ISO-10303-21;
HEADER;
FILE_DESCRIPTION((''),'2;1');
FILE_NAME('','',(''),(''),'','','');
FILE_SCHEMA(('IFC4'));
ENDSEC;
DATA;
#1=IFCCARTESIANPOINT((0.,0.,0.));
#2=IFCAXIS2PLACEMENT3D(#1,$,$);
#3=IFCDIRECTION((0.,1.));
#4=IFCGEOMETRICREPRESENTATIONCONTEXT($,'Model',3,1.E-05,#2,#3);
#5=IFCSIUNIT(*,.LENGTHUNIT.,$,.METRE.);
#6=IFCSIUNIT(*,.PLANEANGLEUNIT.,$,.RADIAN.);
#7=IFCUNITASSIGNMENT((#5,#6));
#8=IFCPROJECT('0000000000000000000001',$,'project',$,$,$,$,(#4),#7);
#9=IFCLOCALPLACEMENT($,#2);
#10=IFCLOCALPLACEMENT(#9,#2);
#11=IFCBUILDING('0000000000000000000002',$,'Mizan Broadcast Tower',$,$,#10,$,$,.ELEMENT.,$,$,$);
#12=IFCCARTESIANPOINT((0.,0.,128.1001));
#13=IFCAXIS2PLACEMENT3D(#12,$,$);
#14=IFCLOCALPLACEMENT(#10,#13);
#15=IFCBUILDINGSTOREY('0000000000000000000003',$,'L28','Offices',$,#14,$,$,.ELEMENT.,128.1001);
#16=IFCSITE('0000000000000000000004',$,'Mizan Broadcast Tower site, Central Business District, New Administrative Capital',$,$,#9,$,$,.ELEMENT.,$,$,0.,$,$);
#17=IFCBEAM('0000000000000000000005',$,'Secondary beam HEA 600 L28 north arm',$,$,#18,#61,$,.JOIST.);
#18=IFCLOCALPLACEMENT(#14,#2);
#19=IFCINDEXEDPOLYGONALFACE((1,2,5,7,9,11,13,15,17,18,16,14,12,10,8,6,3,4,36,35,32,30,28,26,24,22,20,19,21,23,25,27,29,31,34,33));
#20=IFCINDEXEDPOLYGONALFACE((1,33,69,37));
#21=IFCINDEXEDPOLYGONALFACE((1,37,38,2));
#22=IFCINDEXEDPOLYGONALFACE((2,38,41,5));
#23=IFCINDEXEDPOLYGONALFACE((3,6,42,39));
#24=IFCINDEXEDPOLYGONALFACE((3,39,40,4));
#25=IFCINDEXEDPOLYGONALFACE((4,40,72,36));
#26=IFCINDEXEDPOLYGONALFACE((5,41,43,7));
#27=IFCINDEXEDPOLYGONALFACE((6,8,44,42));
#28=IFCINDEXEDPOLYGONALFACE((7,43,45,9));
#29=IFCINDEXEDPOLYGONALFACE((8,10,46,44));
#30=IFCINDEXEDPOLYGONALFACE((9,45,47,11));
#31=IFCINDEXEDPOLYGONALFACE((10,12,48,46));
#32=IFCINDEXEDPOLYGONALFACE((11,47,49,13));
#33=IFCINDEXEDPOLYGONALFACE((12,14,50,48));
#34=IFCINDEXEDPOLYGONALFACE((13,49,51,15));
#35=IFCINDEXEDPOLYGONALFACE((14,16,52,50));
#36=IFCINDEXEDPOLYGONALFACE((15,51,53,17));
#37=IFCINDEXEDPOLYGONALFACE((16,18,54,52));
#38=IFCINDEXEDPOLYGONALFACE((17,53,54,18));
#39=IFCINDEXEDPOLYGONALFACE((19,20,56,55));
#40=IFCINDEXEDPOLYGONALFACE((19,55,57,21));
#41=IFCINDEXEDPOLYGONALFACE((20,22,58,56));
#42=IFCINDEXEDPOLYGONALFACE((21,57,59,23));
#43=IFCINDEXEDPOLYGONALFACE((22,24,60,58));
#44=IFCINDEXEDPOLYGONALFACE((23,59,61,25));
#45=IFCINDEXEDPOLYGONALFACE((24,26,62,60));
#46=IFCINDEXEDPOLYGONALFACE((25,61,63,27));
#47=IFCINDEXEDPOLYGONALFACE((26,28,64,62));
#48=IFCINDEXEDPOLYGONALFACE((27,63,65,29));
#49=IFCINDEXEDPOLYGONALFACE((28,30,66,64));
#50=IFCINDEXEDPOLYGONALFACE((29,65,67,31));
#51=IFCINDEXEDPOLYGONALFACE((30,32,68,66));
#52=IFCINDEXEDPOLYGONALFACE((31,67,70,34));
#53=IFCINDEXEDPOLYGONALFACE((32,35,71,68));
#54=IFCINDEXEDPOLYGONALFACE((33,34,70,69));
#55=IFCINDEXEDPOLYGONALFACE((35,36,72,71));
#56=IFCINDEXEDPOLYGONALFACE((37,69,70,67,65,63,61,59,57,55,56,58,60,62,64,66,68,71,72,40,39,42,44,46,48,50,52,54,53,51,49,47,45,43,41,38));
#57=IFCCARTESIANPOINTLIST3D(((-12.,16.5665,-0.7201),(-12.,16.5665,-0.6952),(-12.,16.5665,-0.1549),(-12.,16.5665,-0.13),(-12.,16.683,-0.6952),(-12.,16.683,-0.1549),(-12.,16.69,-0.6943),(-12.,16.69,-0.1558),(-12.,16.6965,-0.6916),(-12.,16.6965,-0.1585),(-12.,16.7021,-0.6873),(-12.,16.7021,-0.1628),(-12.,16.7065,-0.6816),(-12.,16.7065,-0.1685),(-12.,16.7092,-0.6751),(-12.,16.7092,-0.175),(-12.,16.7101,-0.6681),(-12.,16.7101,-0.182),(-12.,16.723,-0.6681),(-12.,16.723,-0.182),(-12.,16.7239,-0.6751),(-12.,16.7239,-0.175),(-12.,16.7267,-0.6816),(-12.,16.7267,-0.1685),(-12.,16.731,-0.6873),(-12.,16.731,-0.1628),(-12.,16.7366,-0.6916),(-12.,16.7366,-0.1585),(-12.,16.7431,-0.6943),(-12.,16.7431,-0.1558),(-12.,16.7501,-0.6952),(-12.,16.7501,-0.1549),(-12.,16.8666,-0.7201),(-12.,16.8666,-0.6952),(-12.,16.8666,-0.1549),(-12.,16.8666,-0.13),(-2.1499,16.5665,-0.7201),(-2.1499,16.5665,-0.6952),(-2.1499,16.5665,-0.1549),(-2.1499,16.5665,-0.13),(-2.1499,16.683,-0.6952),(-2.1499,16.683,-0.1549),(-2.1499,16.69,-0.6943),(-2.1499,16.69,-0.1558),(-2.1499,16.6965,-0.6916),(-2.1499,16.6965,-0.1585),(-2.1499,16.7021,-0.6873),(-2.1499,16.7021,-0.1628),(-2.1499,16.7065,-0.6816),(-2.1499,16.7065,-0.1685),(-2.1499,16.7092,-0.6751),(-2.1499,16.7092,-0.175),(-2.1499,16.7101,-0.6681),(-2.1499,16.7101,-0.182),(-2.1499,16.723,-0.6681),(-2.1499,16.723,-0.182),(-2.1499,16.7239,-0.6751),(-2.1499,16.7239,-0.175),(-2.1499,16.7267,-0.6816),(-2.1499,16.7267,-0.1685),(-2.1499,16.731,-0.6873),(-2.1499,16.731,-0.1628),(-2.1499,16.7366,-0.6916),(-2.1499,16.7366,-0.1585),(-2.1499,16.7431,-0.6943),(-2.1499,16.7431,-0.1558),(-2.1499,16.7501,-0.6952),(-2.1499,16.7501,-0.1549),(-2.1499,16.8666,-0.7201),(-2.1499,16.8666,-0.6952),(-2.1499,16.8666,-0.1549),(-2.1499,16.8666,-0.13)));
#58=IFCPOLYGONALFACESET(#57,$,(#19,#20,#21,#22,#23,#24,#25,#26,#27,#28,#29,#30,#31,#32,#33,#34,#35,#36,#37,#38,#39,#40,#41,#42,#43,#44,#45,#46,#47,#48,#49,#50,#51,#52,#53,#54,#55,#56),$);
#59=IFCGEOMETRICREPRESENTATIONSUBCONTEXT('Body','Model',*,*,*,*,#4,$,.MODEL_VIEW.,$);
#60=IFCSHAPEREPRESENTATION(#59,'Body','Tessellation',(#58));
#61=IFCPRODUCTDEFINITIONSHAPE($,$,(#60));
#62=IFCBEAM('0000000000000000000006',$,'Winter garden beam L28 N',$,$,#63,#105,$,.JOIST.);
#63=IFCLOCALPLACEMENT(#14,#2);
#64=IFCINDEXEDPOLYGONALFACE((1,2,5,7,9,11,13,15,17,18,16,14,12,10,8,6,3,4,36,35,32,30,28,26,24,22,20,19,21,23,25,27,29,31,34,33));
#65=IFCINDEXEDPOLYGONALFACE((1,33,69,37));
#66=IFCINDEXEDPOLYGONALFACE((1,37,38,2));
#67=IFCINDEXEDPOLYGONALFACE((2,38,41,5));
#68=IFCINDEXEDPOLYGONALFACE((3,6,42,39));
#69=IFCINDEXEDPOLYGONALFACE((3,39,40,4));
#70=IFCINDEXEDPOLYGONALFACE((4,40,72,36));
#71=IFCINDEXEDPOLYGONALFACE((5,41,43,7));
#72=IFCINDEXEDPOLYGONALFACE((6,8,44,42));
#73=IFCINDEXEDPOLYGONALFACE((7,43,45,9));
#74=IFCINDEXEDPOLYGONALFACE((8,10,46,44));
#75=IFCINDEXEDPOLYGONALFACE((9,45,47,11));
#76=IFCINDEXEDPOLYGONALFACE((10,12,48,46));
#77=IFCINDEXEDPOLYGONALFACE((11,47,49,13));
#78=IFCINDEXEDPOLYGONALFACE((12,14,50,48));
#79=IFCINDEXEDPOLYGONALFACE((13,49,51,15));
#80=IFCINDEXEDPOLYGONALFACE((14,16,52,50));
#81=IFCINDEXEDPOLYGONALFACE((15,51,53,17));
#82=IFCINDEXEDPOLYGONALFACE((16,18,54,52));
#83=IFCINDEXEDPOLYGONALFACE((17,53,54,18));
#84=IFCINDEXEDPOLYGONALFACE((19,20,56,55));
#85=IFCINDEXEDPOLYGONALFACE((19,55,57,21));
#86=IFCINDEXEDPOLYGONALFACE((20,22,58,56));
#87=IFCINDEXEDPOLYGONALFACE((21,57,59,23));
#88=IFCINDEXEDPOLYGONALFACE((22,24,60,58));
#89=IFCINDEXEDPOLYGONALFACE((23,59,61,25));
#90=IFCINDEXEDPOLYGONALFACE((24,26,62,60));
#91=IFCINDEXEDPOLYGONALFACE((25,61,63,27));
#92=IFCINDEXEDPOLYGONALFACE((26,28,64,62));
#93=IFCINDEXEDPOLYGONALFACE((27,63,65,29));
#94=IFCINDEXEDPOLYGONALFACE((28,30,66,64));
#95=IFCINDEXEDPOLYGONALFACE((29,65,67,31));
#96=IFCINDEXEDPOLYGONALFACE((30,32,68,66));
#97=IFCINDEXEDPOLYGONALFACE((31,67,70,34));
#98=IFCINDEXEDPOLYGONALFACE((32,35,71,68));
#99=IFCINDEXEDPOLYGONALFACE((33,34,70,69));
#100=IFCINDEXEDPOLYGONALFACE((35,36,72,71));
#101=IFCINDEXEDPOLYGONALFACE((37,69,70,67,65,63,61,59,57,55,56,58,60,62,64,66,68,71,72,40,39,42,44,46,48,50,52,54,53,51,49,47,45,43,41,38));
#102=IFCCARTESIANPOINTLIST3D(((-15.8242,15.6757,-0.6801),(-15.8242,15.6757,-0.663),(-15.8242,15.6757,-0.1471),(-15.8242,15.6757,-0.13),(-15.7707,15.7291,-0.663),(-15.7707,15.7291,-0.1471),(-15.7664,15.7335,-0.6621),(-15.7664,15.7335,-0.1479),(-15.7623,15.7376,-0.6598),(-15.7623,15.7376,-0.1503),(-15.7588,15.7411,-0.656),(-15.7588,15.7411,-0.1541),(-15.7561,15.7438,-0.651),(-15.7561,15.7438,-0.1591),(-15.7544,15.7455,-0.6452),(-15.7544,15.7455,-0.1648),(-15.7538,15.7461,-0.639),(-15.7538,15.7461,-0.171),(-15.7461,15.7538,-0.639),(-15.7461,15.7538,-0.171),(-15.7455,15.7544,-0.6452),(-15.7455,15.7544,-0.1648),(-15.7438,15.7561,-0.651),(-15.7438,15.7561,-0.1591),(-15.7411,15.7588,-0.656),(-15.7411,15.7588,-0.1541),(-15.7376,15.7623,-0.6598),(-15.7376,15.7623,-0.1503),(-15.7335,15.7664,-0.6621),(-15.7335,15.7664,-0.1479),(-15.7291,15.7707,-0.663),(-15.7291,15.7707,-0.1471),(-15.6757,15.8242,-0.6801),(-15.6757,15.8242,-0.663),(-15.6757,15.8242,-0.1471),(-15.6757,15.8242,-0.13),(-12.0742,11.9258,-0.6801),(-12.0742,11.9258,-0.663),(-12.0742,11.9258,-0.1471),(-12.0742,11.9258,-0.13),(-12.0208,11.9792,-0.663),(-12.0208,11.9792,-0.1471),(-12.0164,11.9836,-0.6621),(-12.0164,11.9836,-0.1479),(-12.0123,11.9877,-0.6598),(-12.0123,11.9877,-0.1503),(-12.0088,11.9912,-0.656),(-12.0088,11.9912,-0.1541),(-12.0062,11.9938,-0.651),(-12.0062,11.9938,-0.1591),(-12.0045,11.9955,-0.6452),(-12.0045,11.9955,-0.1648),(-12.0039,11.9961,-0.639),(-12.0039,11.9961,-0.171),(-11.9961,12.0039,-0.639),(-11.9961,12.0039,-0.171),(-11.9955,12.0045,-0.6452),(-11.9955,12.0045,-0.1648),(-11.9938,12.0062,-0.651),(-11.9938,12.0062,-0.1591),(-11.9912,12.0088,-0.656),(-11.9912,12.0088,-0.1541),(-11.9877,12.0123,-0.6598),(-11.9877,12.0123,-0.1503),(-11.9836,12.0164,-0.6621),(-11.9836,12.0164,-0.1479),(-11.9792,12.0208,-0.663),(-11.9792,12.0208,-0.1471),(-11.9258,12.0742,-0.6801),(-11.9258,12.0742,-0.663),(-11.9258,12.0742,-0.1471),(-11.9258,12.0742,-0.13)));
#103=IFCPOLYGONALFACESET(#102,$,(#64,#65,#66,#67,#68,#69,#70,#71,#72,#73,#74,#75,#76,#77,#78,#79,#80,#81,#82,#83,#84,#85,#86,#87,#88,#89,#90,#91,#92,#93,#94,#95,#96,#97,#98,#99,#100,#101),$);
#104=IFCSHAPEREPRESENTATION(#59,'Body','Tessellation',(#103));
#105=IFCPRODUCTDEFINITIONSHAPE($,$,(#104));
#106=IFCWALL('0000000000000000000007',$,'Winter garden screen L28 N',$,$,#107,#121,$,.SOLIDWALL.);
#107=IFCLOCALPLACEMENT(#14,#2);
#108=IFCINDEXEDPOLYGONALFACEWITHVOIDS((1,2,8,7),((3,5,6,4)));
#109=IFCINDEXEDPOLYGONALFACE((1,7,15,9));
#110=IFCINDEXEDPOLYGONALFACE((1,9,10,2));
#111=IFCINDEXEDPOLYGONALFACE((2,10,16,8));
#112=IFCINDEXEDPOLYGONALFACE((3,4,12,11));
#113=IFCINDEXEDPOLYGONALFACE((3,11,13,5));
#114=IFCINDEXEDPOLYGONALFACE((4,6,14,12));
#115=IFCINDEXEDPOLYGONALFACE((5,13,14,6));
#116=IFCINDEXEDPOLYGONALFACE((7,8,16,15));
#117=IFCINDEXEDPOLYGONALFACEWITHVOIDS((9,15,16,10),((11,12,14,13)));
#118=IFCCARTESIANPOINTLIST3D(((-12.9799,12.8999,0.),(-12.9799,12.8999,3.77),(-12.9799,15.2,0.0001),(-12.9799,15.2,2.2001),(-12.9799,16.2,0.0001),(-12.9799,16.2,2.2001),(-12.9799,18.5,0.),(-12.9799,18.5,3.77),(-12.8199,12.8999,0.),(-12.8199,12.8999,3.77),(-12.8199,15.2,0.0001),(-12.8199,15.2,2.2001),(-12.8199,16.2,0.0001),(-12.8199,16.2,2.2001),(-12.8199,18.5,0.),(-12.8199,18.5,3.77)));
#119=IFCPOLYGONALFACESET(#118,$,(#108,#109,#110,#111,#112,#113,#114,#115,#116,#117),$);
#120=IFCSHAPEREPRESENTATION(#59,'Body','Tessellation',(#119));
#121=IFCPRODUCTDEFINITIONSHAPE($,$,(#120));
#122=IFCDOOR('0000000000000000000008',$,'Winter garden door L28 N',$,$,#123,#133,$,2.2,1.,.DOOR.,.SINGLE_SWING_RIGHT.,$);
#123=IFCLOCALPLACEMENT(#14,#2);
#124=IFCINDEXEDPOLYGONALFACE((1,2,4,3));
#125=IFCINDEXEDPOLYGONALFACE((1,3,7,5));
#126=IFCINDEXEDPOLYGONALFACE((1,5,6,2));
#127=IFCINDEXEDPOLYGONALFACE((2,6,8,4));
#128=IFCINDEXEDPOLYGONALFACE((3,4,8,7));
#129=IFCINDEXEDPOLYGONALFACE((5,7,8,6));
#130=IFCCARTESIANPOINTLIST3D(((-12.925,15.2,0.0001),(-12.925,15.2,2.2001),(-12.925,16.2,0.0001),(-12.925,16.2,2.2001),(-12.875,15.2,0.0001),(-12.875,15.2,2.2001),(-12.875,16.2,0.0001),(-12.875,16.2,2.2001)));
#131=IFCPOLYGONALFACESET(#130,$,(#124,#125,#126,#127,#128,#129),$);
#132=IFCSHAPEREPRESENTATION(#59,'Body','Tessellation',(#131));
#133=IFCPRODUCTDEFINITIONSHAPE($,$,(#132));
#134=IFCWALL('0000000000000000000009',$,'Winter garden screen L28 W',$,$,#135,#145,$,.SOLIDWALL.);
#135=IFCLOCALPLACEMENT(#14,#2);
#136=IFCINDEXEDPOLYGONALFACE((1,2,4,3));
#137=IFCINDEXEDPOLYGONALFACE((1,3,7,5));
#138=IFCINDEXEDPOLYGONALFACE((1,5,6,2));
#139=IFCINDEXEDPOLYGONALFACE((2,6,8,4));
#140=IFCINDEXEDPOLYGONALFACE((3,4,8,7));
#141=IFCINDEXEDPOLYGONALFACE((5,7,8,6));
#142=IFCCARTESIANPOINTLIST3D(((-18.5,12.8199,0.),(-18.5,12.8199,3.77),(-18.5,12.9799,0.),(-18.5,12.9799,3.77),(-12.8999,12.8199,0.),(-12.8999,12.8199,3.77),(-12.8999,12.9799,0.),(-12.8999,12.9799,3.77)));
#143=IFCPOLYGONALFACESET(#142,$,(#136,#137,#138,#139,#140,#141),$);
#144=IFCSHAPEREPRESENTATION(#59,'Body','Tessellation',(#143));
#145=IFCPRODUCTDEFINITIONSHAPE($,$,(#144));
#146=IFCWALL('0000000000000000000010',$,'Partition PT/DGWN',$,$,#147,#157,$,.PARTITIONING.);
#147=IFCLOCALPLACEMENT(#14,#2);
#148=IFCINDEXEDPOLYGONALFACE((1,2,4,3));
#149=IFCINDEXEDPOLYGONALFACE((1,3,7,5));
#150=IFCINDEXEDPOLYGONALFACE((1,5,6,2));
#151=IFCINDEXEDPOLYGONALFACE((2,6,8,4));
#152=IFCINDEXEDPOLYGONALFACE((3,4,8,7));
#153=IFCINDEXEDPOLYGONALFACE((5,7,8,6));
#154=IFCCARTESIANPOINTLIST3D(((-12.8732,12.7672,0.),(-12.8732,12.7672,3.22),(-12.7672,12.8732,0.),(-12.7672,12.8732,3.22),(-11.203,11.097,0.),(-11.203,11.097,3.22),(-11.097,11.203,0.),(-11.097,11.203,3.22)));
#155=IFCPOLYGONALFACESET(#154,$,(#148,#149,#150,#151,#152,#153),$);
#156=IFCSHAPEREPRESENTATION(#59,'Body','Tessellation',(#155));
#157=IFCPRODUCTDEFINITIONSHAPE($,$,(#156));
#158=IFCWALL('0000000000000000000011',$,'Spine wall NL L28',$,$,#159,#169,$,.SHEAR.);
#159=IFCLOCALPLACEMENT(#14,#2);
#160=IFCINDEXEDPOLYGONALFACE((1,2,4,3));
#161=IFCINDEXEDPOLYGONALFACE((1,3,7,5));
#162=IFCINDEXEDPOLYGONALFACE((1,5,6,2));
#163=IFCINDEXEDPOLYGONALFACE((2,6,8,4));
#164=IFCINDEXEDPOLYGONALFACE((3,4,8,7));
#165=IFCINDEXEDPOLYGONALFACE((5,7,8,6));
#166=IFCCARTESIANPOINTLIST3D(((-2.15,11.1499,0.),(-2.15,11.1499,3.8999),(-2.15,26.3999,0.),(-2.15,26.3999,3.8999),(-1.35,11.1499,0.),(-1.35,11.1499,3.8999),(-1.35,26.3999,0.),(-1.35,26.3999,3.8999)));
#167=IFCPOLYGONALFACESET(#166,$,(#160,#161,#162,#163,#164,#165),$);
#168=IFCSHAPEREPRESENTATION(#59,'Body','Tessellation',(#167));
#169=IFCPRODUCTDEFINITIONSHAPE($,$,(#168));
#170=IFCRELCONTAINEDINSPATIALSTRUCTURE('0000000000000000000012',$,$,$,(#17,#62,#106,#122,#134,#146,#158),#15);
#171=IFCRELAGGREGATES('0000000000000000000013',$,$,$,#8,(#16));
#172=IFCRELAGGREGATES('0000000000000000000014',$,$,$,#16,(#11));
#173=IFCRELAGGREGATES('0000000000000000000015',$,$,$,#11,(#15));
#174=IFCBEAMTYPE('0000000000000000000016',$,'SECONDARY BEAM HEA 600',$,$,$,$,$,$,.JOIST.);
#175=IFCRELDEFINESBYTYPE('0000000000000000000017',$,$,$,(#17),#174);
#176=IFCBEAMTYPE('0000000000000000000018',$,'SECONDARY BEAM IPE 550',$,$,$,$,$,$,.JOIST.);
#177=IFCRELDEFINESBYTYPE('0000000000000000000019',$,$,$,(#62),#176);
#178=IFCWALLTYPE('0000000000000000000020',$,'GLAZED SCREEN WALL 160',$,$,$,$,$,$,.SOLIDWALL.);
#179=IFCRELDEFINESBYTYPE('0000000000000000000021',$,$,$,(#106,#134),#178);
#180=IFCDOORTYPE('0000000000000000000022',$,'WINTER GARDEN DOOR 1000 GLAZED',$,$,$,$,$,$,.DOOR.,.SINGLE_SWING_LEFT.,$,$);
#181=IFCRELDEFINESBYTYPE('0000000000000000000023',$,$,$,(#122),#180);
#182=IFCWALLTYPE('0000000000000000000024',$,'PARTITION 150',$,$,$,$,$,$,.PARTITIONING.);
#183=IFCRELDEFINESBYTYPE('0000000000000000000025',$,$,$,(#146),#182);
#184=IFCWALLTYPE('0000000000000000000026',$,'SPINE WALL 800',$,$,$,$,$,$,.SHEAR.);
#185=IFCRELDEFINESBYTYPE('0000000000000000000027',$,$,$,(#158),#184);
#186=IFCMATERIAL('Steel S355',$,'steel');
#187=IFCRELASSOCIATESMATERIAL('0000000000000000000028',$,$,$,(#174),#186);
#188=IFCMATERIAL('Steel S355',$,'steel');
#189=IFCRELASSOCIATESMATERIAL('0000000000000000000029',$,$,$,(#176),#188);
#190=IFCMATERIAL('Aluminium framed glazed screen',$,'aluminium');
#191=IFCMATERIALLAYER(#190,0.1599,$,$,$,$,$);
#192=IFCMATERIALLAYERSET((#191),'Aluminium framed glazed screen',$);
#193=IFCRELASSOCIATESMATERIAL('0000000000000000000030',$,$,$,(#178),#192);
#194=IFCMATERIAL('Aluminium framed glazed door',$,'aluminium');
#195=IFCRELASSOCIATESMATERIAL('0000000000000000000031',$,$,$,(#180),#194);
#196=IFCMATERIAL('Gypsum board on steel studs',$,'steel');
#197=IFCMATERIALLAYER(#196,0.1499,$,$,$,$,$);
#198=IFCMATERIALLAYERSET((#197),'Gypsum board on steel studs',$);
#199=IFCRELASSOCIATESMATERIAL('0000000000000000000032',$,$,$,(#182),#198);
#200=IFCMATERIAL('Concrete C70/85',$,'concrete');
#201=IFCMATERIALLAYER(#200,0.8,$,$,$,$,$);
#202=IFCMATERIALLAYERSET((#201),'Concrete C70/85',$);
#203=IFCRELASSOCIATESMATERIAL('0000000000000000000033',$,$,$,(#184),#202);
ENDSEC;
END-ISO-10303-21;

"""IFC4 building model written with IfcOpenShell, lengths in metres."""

from ifc_helpers import new_model, si_unit, direction, frame, frame_2d, origin, origin_2d, place, context, subcontext, project, spatial, rectangle, i_section, extrude, material, layer, layer_set, material_profile, profile_set, type_object, element, fill, save


model = new_model("IFC4")

# Units and contexts
model_context = context("Model", 3, precision=1e-05, world=origin(), true_north=direction((0.0, 1.0)))
body_context = subcontext(model_context, "Body", "Model", "MODEL_VIEW")
ifc_project = project(units=[si_unit("LENGTHUNIT", "METRE"), si_unit("PLANEANGLEUNIT", "RADIAN")], contexts=[model_context])

# Site, building, storey
site_placement = place(None, origin())
site = spatial("IfcSite", under=ifc_project, at=site_placement, Name="Mizan Broadcast Tower site, Central Business District, New Administrative Capital", CompositionType="ELEMENT", RefElevation=0.0)
building_placement = place(site_placement, origin())
building = spatial("IfcBuilding", under=site, at=building_placement, Name="Mizan Broadcast Tower", CompositionType="ELEMENT")
storey_placement = place(building_placement, frame((0.0, 0.0, 128.1001)))
storey = spatial("IfcBuildingStorey", under=building, at=storey_placement, Name="L28", Description="Offices", CompositionType="ELEMENT", Elevation=128.1001)

# Beams
ifc_material_1 = material(Name="Steel S355", Category="steel")
ifc_material_profile_1 = material_profile(ifc_material_1, i_section(OverallWidth=0.3, OverallDepth=0.5901, WebThickness=0.0129, FlangeThickness=0.0249, FilletRadius=0.0271, at=origin_2d()), Name="HEA 600")
ifc_profile_set_1 = profile_set([ifc_material_profile_1], Name="Steel S355")
beam_type_1 = type_object("IfcBeamType", Name="SECONDARY BEAM HEA 600", PredefinedType="JOIST", material=ifc_profile_set_1)
for number, where, z_axis, x_axis, name in (
    (1, (-12.0, 16.7166, -0.425), (1.0, 0.0, 0.0), (0.0, 1.0, 0.0), "Secondary beam HEA 600 L28 north arm"),
):
    element("IfcBeam", number, at=place(storey_placement, frame(where, z_axis=z_axis, x_axis=x_axis)), inside=storey, type_object=beam_type_1, Name=name, PredefinedType="JOIST", context=body_context, shape_type="SweptSolid", body=[
        extrude(i_section(OverallWidth=0.3, OverallDepth=0.5901, WebThickness=0.0129, FlangeThickness=0.0249, FilletRadius=0.0271, at=origin_2d()), origin(), (0.0, 0.0, 1.0), 9.8501),
    ])
ifc_material_2 = material(Name="Steel S355", Category="steel")
ifc_material_profile_2 = material_profile(ifc_material_2, i_section(OverallWidth=0.21, OverallDepth=0.55, WebThickness=0.011, FlangeThickness=0.0171, FilletRadius=0.0239, at=origin_2d()), Name="IPE 550")
ifc_profile_set_2 = profile_set([ifc_material_profile_2], Name="Steel S355")
beam_type_2 = type_object("IfcBeamType", Name="SECONDARY BEAM IPE 550", PredefinedType="JOIST", material=ifc_profile_set_2)
beam_1_placement = place(storey_placement, frame((-12.0, 12.0, -0.405), z_axis=(-0.707107, 0.707107, 0.0), x_axis=(-0.707107, -0.707107, 0.0)))
element("IfcBeam", 2, at=beam_1_placement, inside=storey, type_object=beam_type_2, Name="Winter garden beam L28 N", PredefinedType="JOIST", context=body_context, shape_type="SweptSolid", body=[
    extrude(i_section(OverallWidth=0.21, OverallDepth=0.55, WebThickness=0.011, FlangeThickness=0.0171, FilletRadius=0.0239, at=origin_2d()), origin(), (0.0, 0.0, 1.0), 5.3032),
])

# Wall, opening, door
ifc_material_3 = material(Name="Aluminium framed glazed screen", Category="aluminium")
ifc_layer_1 = layer(ifc_material_3, 0.1599)
ifc_layer_set_1 = layer_set([ifc_layer_1], Name="Aluminium framed glazed screen")
wall_type_1 = type_object("IfcWallType", Name="GLAZED SCREEN WALL 160", PredefinedType="SOLIDWALL", material=ifc_layer_set_1)
wall_1_placement = place(storey_placement, frame((-12.8999, 18.5, 0.0), z_axis=(0.0, 0.0, 1.0), x_axis=(0.0, -1.0, 0.0)))
wall_1 = element("IfcWall", 3, at=wall_1_placement, inside=storey, type_object=wall_type_1, Name="Winter garden screen L28 N", PredefinedType="SOLIDWALL", context=body_context, shape_type="SweptSolid", body=[
    extrude(rectangle(XDim=5.6001, YDim=0.1599, at=frame_2d((2.8, 0.0))), origin(), (0.0, 0.0, 1.0), 3.77),
])
opening_placement = place(wall_1_placement, frame((2.3, 0.0, 0.0)))
opening = element("IfcOpeningElement", 4, at=opening_placement, cuts=wall_1, PredefinedType="OPENING", context=body_context, shape_type="SweptSolid", body=[
    extrude(rectangle(XDim=1.0, YDim=2.2, at=frame_2d((0.5, 1.1001))), frame((0.0, 0.0898, 0.0), z_axis=(0.0, -1.0, 0.0), x_axis=(1.0, 0.0, 0.0)), (0.0, 0.0, 1.0), 0.1799),
])
ifc_material_4 = material(Name="Aluminium framed glazed door", Category="aluminium")
door_type = type_object("IfcDoorType", Name="WINTER GARDEN DOOR 1000 GLAZED", OperationType="SINGLE_SWING_LEFT", PredefinedType="DOOR", material=ifc_material_4)
door_placement = place(opening_placement, origin())
door = element("IfcDoor", 5, at=door_placement, inside=storey, type_object=door_type, Name="Winter garden door L28 N", OperationType="SINGLE_SWING_RIGHT", OverallHeight=2.2, OverallWidth=1.0, PredefinedType="DOOR", context=body_context, shape_type="SweptSolid", body=[
    extrude(rectangle(XDim=1.0, YDim=2.2, at=frame_2d((0.5, 1.1001))), frame((0.0, 0.0249, 0.0), z_axis=(0.0, -1.0, 0.0), x_axis=(1.0, 0.0, 0.0)), (0.0, 0.0, 1.0), 0.05),
])
fill(opening, door)

# Walls
wall_2_placement = place(storey_placement, frame((-12.8999, 12.8999, 0.0), z_axis=(0.0, 0.0, 1.0), x_axis=(-1.0, 0.0, 0.0)))
element("IfcWall", 6, at=wall_2_placement, inside=storey, type_object=wall_type_1, Name="Winter garden screen L28 W", PredefinedType="SOLIDWALL", context=body_context, shape_type="SweptSolid", body=[
    extrude(rectangle(XDim=5.6001, YDim=0.1599, at=frame_2d((2.8, 0.0))), origin(), (0.0, 0.0, 1.0), 3.77),
])
ifc_material_5 = material(Name="Gypsum board on steel studs", Category="steel")
ifc_layer_2 = layer(ifc_material_5, 0.1499)
ifc_layer_set_2 = layer_set([ifc_layer_2], Name="Gypsum board on steel studs")
wall_type_2 = type_object("IfcWallType", Name="PARTITION 150", PredefinedType="PARTITIONING", material=ifc_layer_set_2)
wall_3_placement = place(storey_placement, frame((-11.1499, 11.1499, 0.0), z_axis=(0.0, 0.0, 1.0), x_axis=(-0.707107, 0.707107, 0.0)))
element("IfcWall", 7, at=wall_3_placement, inside=storey, type_object=wall_type_2, Name="Partition PT/DGWN", PredefinedType="PARTITIONING", context=body_context, shape_type="SweptSolid", body=[
    extrude(rectangle(XDim=2.3621, YDim=0.1499, at=frame_2d((1.1812, 0.0))), origin(), (0.0, 0.0, 1.0), 3.22),
])
ifc_material_6 = material(Name="Concrete C70/85", Category="concrete")
ifc_layer_3 = layer(ifc_material_6, 0.8)
ifc_layer_set_3 = layer_set([ifc_layer_3], Name="Concrete C70/85")
wall_type_3 = type_object("IfcWallType", Name="SPINE WALL 800", PredefinedType="SHEAR", material=ifc_layer_set_3)
wall_4_placement = place(storey_placement, frame((-1.75, 11.1499, 0.0), z_axis=(0.0, 0.0, 1.0), x_axis=(0.0, 1.0, 0.0)))
element("IfcWall", 8, at=wall_4_placement, inside=storey, type_object=wall_type_3, Name="Spine wall NL L28", PredefinedType="SHEAR", context=body_context, shape_type="SweptSolid", body=[
    extrude(rectangle(XDim=15.25, YDim=0.8, at=frame_2d((7.625, 0.0))), origin(), (0.0, 0.0, 1.0), 3.8999),
])

save(model, "model.ifc")
